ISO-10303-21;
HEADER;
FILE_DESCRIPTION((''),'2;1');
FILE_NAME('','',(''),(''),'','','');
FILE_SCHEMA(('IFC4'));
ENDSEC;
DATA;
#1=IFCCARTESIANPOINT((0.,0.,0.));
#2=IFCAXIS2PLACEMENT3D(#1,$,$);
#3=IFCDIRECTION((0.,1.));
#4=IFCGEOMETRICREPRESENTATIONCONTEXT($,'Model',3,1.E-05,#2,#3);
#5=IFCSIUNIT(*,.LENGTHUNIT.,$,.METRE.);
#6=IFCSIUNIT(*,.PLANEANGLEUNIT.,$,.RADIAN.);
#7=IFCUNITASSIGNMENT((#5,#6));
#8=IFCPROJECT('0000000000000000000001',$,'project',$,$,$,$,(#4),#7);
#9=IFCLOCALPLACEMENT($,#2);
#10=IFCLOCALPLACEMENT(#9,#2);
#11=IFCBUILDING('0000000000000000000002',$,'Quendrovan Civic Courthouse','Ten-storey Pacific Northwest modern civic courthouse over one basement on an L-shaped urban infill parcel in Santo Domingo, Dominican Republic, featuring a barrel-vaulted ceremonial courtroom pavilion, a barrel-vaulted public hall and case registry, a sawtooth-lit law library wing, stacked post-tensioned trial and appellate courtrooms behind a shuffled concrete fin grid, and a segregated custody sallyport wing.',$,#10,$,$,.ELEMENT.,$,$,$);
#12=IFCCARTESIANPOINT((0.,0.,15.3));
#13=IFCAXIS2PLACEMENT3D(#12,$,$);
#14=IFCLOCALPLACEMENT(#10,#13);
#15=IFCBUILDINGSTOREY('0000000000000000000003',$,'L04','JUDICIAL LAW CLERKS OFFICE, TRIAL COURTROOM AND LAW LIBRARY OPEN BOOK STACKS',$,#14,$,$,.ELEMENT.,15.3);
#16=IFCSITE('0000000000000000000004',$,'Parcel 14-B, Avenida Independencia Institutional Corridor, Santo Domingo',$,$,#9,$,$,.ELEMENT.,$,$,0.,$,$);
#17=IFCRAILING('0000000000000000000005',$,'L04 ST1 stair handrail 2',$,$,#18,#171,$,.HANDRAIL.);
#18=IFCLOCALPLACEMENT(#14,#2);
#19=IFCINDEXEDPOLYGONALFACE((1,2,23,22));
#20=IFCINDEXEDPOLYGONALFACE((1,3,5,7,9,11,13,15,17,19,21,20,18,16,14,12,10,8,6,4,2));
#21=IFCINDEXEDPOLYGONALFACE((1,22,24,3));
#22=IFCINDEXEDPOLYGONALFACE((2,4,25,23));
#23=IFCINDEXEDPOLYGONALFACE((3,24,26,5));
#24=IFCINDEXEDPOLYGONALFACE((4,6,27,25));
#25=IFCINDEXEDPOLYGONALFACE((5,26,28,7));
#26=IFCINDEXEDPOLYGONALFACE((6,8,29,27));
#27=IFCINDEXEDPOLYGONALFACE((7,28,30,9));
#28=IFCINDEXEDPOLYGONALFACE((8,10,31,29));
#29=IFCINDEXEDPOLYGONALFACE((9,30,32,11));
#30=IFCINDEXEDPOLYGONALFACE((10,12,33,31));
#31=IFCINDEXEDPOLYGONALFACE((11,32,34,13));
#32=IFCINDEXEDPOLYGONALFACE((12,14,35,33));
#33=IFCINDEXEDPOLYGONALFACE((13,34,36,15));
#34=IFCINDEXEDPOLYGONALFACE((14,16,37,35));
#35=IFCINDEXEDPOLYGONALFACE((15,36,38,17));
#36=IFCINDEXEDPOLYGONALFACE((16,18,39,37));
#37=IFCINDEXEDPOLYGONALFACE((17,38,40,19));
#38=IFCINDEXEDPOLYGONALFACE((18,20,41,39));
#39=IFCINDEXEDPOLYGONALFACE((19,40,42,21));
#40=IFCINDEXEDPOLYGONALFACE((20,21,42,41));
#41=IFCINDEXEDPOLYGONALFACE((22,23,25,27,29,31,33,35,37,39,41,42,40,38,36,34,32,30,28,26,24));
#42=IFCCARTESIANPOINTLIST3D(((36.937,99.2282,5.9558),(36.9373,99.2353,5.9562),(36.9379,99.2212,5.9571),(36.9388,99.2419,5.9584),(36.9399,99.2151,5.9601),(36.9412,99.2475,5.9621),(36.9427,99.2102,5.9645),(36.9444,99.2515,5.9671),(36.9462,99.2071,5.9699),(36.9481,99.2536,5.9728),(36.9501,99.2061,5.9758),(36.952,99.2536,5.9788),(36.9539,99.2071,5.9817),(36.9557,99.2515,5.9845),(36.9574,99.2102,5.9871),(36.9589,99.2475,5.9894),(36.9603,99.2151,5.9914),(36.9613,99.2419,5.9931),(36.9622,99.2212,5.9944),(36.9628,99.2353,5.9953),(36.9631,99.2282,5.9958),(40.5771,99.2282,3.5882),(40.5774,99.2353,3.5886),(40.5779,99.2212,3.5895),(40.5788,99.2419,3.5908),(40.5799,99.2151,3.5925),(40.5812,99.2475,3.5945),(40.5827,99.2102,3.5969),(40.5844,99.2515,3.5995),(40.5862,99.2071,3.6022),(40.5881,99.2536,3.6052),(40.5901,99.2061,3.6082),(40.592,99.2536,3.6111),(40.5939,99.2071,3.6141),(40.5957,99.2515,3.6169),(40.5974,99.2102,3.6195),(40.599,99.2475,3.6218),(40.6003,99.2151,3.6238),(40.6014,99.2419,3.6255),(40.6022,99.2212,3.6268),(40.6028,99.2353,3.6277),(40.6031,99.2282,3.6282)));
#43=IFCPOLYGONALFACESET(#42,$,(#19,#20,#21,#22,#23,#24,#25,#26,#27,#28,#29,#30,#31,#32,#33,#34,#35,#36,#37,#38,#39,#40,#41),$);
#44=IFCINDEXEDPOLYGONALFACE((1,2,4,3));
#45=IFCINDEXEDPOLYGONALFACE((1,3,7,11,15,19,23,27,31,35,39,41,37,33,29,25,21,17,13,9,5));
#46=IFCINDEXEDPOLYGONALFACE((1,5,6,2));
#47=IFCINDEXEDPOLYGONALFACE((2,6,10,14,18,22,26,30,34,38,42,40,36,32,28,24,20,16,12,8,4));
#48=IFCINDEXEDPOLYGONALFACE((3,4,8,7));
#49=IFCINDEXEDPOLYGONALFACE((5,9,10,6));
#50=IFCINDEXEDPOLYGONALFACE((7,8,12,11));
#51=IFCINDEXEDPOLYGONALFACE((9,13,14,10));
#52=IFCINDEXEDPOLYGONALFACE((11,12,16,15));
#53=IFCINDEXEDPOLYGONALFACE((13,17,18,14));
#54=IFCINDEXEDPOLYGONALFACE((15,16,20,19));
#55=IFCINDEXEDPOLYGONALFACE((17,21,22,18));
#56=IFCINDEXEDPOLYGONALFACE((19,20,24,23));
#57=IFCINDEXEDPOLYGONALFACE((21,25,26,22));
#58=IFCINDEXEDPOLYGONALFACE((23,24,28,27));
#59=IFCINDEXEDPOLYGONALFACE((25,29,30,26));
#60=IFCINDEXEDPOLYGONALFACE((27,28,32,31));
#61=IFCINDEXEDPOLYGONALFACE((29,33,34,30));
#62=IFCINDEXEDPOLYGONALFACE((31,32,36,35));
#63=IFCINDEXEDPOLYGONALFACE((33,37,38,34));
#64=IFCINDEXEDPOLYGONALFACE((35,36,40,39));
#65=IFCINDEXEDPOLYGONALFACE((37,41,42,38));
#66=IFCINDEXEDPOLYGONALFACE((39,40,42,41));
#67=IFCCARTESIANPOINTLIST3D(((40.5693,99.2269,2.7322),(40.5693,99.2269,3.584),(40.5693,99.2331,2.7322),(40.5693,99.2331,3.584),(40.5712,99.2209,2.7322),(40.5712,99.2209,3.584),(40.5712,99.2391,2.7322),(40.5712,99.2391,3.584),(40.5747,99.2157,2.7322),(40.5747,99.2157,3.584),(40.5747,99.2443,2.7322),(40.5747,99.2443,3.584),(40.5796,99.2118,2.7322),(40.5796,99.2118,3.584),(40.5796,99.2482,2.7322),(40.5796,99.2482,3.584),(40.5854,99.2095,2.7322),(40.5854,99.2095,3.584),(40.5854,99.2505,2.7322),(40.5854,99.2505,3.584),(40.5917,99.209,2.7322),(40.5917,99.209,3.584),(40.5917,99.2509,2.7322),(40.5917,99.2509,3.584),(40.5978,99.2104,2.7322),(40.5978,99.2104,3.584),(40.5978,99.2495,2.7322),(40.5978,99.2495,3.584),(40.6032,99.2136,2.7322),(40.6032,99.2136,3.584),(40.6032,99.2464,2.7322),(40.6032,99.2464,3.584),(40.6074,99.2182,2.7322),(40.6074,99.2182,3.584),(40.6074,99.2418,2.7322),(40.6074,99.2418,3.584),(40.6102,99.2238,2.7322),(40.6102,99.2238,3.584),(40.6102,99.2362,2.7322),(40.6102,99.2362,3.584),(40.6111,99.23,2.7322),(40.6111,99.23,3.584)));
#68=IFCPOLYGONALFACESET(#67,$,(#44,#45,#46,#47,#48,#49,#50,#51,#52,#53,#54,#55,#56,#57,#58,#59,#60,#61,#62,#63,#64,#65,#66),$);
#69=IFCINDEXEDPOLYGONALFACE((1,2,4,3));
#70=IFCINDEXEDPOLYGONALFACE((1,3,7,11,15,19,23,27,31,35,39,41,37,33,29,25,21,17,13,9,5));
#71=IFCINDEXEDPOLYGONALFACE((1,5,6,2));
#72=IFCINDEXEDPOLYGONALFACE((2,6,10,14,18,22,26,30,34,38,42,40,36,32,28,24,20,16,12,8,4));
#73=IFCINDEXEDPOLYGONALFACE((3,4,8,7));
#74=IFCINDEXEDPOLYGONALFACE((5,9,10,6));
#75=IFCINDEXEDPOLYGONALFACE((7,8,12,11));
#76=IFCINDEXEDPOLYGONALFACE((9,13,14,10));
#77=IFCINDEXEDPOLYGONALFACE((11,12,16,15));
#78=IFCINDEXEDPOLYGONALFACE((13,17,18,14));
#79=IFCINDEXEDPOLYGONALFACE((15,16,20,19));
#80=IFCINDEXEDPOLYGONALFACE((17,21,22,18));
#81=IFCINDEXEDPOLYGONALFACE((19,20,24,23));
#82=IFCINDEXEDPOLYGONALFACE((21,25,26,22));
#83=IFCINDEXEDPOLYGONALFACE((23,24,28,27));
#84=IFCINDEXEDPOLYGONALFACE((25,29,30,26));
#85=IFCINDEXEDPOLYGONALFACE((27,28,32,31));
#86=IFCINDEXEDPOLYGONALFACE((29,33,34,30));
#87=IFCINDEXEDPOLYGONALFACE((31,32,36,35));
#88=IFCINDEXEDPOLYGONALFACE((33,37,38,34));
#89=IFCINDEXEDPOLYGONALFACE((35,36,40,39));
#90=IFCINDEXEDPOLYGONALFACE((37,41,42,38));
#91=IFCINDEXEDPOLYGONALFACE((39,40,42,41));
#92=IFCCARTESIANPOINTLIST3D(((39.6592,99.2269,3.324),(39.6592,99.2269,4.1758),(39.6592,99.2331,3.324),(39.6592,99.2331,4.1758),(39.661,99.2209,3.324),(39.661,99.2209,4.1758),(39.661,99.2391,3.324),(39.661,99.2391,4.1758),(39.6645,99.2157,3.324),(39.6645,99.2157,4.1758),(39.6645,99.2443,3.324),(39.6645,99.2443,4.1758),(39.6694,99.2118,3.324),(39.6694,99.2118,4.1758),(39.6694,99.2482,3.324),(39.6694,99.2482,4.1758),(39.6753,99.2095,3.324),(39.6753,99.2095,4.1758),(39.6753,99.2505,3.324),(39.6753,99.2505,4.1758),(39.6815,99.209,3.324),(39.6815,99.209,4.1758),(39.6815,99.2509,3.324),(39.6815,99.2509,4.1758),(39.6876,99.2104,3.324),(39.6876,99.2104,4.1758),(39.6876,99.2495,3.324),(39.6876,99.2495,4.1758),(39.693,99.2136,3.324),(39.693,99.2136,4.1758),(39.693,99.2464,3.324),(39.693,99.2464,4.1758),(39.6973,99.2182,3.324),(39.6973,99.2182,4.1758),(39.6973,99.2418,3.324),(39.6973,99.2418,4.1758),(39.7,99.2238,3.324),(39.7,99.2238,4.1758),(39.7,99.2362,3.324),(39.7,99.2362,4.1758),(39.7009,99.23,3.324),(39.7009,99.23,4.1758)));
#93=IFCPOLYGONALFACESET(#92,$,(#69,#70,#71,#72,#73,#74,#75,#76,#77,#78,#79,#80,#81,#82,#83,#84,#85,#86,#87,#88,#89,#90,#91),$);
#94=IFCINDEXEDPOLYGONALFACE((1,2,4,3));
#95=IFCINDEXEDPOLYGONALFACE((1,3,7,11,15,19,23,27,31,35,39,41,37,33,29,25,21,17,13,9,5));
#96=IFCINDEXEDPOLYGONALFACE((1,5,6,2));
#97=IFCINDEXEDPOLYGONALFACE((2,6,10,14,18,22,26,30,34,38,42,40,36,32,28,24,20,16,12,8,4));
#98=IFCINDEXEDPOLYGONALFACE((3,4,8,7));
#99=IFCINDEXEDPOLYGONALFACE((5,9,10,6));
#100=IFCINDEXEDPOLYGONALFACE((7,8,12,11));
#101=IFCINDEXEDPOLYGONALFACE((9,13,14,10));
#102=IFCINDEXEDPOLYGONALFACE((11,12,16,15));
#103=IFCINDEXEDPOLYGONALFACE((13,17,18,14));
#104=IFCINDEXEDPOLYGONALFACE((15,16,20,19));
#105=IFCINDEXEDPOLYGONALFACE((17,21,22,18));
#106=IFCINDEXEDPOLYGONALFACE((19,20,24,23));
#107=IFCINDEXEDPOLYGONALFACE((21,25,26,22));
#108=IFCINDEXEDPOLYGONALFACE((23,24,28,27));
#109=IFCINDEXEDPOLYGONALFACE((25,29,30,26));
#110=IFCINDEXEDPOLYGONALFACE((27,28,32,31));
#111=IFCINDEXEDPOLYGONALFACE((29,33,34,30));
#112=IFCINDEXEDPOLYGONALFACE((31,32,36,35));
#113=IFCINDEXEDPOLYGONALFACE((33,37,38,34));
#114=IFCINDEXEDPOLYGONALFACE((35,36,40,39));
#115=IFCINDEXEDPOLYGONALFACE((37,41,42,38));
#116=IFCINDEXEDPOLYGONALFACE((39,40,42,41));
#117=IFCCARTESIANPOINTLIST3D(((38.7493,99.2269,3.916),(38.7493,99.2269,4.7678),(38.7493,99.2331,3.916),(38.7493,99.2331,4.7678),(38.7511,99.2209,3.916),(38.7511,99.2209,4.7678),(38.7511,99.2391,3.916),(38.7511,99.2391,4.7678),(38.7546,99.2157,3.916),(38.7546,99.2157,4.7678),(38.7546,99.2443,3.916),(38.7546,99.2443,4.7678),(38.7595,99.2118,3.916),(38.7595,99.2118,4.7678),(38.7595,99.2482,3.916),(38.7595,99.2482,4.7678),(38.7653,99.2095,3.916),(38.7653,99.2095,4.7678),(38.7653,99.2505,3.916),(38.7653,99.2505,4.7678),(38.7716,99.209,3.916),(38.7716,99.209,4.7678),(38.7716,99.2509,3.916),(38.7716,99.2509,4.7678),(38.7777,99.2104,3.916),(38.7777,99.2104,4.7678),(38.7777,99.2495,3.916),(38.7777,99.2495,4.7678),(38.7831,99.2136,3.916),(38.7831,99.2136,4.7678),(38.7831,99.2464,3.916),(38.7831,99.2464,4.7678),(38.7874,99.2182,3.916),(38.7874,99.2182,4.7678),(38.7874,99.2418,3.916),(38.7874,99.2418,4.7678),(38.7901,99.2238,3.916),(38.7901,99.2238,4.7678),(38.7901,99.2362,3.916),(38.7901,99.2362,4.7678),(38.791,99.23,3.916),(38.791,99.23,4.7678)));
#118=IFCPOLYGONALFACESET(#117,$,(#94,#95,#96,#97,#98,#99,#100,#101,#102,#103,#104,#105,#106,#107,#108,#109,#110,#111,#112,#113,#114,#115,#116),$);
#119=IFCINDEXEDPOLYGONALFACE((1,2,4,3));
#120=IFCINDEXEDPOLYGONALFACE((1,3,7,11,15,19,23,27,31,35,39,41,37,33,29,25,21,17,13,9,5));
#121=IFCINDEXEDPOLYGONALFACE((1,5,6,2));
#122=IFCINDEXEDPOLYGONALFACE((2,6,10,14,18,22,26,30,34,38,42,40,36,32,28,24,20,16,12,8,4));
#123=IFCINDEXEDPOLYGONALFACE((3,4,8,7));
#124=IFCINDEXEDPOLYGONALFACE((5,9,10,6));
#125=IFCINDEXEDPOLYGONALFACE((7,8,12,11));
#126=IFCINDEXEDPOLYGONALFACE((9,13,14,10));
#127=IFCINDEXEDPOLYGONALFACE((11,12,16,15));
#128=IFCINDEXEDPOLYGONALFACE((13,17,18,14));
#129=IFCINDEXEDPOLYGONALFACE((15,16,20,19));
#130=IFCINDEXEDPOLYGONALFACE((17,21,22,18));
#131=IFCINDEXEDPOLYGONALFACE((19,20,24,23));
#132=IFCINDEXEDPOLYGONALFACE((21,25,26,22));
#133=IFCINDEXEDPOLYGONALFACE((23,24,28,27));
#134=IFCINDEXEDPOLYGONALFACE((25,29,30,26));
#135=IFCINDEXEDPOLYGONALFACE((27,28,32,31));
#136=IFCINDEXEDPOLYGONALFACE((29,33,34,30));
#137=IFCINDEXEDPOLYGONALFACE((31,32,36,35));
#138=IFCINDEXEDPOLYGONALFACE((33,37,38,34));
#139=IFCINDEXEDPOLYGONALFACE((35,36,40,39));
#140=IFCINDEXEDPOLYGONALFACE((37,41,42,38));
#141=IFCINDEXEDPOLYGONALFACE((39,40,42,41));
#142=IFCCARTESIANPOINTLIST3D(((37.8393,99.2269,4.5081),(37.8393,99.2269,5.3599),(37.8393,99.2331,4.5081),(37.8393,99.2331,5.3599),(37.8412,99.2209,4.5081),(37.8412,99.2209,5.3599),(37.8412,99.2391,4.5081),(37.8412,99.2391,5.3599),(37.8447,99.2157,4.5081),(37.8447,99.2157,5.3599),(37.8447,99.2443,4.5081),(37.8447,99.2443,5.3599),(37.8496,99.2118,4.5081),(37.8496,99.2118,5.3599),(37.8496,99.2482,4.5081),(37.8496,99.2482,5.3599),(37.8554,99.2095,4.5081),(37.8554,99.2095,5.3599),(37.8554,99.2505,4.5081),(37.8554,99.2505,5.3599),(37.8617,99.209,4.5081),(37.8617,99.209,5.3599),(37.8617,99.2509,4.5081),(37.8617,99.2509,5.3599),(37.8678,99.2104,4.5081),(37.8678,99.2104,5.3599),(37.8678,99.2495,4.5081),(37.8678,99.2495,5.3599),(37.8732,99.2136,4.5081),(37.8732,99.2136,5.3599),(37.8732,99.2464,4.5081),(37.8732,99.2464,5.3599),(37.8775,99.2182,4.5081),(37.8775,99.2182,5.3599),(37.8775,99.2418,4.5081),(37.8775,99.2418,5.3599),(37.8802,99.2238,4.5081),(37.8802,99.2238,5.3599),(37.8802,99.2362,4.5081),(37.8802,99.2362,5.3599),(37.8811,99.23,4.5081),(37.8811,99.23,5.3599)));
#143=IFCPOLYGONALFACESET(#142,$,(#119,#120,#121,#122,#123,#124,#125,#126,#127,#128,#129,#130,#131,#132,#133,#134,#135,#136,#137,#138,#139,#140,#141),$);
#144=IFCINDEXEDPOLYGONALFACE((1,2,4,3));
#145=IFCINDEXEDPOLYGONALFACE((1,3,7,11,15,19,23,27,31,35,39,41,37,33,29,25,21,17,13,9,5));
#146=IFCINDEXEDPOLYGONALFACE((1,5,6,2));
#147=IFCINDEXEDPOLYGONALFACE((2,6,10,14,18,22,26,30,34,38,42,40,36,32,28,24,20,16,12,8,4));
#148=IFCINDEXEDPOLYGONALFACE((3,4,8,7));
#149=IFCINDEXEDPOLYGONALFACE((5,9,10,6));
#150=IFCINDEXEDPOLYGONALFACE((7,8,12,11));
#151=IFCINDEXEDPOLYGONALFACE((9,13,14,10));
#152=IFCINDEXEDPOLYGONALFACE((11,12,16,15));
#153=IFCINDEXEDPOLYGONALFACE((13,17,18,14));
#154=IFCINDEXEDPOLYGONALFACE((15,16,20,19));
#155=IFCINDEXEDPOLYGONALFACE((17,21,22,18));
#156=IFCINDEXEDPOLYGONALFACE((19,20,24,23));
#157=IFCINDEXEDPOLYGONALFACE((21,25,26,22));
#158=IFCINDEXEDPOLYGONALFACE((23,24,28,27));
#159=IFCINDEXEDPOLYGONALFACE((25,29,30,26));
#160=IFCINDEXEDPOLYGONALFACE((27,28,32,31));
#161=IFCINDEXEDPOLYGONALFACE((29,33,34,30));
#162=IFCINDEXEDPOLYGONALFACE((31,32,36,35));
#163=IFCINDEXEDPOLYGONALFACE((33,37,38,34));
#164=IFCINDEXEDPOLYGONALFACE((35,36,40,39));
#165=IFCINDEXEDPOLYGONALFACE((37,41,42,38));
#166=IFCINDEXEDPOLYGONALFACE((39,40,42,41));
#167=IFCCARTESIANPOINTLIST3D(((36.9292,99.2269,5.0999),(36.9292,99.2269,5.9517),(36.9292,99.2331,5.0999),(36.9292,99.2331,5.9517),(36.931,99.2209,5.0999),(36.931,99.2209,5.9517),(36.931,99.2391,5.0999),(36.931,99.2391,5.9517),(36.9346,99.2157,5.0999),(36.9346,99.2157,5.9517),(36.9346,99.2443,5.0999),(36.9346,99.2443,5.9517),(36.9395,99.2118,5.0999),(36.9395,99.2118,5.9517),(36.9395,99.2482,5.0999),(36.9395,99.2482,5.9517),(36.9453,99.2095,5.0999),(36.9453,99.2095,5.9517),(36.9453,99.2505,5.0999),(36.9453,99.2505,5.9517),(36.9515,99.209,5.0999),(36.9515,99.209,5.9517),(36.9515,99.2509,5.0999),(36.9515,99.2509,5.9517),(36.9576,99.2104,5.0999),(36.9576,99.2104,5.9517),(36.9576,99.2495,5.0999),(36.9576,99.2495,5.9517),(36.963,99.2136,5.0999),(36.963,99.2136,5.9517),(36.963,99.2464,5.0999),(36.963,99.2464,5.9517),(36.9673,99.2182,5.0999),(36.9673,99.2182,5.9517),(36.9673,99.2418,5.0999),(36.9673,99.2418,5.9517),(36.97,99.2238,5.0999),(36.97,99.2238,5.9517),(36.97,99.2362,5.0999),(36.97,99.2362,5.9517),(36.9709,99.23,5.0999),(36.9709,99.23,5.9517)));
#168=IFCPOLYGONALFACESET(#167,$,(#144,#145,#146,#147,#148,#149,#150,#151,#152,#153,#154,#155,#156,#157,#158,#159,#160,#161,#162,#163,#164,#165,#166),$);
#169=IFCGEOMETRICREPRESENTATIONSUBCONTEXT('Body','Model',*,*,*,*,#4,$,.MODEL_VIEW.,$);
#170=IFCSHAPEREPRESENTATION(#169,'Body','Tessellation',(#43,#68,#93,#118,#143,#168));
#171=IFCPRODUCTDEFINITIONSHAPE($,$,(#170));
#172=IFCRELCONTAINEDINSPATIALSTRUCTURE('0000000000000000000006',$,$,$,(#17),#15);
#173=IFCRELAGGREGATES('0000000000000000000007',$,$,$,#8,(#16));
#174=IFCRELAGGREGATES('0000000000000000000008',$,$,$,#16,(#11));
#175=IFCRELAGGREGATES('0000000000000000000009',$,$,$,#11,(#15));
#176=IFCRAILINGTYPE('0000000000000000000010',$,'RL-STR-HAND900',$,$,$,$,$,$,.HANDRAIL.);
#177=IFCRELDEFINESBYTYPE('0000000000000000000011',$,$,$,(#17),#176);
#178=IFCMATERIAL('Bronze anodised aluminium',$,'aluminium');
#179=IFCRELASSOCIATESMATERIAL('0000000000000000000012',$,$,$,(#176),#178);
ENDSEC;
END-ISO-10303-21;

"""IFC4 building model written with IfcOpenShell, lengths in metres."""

from ifc_helpers import new_model, si_unit, direction, frame, origin, origin_2d, place, context, subcontext, project, spatial, circle, extrude, material, type_object, element, save


model = new_model("IFC4")

# Units and contexts
model_context = context("Model", 3, precision=1e-05, world=origin(), true_north=direction((0.0, 1.0)))
body_context = subcontext(model_context, "Body", "Model", "MODEL_VIEW")
ifc_project = project(units=[si_unit("LENGTHUNIT", "METRE"), si_unit("PLANEANGLEUNIT", "RADIAN")], contexts=[model_context])

# Site, building, storey
site_placement = place(None, origin())
site = spatial("IfcSite", under=ifc_project, at=site_placement, Name="Parcel 14-B, Avenida Independencia Institutional Corridor, Santo Domingo", CompositionType="ELEMENT", RefElevation=0.0)
building_placement = place(site_placement, origin())
building = spatial("IfcBuilding", under=site, at=building_placement, Name="Quendrovan Civic Courthouse", Description="Ten-storey Pacific Northwest modern civic courthouse over one basement on an L-shaped urban infill parcel in Santo Domingo, Dominican Republic, featuring a barrel-vaulted ceremonial courtroom pavilion, a barrel-vaulted public hall and case registry, a sawtooth-lit law library wing, stacked post-tensioned trial and appellate courtrooms behind a shuffled concrete fin grid, and a segregated custody sallyport wing.", CompositionType="ELEMENT")
storey_placement = place(building_placement, frame((0.0, 0.0, 15.3)))
storey = spatial("IfcBuildingStorey", under=building, at=storey_placement, Name="L04", Description="JUDICIAL LAW CLERKS OFFICE, TRIAL COURTROOM AND LAW LIBRARY OPEN BOOK STACKS", CompositionType="ELEMENT", Elevation=15.3)

# Railing
ifc_material_1 = material(Name="Bronze anodised aluminium", Category="aluminium")
railing_type_1 = type_object("IfcRailingType", Name="RL-STR-HAND900", PredefinedType="HANDRAIL", material=ifc_material_1)
railing_1_placement = place(storey_placement, frame((40.5901, 99.23, 2.7322)))
element("IfcRailing", 1, at=railing_1_placement, inside=storey, type_object=railing_type_1, Name="L04 ST1 stair handrail 2", PredefinedType="HANDRAIL", context=body_context, shape_type="SweptSolid", body=[
    extrude(circle(Radius=0.0239, at=origin_2d()), frame((0.0, 0.0, 0.876), z_axis=(-0.838277, 0.0, 0.545245), x_axis=(0.0, -1.0, 0.0)), (0.0, 0.0, 1.0), 4.3423),
    extrude(circle(Radius=0.021, at=origin_2d()), origin(), (0.0, 0.0, 1.0), 0.8518),
    extrude(circle(Radius=0.021, at=origin_2d()), frame((-0.9102, 0.0, 0.5918)), (0.0, 0.0, 1.0), 0.8518),
    extrude(circle(Radius=0.021, at=origin_2d()), frame((-1.8201, 0.0, 1.1838)), (0.0, 0.0, 1.0), 0.8518),
    extrude(circle(Radius=0.021, at=origin_2d()), frame((-2.73, 0.0, 1.7759)), (0.0, 0.0, 1.0), 0.8518),
    extrude(circle(Radius=0.021, at=origin_2d()), frame((-3.6401, 0.0, 2.3677)), (0.0, 0.0, 1.0), 0.8518),
])

save(model, "model.ifc")
